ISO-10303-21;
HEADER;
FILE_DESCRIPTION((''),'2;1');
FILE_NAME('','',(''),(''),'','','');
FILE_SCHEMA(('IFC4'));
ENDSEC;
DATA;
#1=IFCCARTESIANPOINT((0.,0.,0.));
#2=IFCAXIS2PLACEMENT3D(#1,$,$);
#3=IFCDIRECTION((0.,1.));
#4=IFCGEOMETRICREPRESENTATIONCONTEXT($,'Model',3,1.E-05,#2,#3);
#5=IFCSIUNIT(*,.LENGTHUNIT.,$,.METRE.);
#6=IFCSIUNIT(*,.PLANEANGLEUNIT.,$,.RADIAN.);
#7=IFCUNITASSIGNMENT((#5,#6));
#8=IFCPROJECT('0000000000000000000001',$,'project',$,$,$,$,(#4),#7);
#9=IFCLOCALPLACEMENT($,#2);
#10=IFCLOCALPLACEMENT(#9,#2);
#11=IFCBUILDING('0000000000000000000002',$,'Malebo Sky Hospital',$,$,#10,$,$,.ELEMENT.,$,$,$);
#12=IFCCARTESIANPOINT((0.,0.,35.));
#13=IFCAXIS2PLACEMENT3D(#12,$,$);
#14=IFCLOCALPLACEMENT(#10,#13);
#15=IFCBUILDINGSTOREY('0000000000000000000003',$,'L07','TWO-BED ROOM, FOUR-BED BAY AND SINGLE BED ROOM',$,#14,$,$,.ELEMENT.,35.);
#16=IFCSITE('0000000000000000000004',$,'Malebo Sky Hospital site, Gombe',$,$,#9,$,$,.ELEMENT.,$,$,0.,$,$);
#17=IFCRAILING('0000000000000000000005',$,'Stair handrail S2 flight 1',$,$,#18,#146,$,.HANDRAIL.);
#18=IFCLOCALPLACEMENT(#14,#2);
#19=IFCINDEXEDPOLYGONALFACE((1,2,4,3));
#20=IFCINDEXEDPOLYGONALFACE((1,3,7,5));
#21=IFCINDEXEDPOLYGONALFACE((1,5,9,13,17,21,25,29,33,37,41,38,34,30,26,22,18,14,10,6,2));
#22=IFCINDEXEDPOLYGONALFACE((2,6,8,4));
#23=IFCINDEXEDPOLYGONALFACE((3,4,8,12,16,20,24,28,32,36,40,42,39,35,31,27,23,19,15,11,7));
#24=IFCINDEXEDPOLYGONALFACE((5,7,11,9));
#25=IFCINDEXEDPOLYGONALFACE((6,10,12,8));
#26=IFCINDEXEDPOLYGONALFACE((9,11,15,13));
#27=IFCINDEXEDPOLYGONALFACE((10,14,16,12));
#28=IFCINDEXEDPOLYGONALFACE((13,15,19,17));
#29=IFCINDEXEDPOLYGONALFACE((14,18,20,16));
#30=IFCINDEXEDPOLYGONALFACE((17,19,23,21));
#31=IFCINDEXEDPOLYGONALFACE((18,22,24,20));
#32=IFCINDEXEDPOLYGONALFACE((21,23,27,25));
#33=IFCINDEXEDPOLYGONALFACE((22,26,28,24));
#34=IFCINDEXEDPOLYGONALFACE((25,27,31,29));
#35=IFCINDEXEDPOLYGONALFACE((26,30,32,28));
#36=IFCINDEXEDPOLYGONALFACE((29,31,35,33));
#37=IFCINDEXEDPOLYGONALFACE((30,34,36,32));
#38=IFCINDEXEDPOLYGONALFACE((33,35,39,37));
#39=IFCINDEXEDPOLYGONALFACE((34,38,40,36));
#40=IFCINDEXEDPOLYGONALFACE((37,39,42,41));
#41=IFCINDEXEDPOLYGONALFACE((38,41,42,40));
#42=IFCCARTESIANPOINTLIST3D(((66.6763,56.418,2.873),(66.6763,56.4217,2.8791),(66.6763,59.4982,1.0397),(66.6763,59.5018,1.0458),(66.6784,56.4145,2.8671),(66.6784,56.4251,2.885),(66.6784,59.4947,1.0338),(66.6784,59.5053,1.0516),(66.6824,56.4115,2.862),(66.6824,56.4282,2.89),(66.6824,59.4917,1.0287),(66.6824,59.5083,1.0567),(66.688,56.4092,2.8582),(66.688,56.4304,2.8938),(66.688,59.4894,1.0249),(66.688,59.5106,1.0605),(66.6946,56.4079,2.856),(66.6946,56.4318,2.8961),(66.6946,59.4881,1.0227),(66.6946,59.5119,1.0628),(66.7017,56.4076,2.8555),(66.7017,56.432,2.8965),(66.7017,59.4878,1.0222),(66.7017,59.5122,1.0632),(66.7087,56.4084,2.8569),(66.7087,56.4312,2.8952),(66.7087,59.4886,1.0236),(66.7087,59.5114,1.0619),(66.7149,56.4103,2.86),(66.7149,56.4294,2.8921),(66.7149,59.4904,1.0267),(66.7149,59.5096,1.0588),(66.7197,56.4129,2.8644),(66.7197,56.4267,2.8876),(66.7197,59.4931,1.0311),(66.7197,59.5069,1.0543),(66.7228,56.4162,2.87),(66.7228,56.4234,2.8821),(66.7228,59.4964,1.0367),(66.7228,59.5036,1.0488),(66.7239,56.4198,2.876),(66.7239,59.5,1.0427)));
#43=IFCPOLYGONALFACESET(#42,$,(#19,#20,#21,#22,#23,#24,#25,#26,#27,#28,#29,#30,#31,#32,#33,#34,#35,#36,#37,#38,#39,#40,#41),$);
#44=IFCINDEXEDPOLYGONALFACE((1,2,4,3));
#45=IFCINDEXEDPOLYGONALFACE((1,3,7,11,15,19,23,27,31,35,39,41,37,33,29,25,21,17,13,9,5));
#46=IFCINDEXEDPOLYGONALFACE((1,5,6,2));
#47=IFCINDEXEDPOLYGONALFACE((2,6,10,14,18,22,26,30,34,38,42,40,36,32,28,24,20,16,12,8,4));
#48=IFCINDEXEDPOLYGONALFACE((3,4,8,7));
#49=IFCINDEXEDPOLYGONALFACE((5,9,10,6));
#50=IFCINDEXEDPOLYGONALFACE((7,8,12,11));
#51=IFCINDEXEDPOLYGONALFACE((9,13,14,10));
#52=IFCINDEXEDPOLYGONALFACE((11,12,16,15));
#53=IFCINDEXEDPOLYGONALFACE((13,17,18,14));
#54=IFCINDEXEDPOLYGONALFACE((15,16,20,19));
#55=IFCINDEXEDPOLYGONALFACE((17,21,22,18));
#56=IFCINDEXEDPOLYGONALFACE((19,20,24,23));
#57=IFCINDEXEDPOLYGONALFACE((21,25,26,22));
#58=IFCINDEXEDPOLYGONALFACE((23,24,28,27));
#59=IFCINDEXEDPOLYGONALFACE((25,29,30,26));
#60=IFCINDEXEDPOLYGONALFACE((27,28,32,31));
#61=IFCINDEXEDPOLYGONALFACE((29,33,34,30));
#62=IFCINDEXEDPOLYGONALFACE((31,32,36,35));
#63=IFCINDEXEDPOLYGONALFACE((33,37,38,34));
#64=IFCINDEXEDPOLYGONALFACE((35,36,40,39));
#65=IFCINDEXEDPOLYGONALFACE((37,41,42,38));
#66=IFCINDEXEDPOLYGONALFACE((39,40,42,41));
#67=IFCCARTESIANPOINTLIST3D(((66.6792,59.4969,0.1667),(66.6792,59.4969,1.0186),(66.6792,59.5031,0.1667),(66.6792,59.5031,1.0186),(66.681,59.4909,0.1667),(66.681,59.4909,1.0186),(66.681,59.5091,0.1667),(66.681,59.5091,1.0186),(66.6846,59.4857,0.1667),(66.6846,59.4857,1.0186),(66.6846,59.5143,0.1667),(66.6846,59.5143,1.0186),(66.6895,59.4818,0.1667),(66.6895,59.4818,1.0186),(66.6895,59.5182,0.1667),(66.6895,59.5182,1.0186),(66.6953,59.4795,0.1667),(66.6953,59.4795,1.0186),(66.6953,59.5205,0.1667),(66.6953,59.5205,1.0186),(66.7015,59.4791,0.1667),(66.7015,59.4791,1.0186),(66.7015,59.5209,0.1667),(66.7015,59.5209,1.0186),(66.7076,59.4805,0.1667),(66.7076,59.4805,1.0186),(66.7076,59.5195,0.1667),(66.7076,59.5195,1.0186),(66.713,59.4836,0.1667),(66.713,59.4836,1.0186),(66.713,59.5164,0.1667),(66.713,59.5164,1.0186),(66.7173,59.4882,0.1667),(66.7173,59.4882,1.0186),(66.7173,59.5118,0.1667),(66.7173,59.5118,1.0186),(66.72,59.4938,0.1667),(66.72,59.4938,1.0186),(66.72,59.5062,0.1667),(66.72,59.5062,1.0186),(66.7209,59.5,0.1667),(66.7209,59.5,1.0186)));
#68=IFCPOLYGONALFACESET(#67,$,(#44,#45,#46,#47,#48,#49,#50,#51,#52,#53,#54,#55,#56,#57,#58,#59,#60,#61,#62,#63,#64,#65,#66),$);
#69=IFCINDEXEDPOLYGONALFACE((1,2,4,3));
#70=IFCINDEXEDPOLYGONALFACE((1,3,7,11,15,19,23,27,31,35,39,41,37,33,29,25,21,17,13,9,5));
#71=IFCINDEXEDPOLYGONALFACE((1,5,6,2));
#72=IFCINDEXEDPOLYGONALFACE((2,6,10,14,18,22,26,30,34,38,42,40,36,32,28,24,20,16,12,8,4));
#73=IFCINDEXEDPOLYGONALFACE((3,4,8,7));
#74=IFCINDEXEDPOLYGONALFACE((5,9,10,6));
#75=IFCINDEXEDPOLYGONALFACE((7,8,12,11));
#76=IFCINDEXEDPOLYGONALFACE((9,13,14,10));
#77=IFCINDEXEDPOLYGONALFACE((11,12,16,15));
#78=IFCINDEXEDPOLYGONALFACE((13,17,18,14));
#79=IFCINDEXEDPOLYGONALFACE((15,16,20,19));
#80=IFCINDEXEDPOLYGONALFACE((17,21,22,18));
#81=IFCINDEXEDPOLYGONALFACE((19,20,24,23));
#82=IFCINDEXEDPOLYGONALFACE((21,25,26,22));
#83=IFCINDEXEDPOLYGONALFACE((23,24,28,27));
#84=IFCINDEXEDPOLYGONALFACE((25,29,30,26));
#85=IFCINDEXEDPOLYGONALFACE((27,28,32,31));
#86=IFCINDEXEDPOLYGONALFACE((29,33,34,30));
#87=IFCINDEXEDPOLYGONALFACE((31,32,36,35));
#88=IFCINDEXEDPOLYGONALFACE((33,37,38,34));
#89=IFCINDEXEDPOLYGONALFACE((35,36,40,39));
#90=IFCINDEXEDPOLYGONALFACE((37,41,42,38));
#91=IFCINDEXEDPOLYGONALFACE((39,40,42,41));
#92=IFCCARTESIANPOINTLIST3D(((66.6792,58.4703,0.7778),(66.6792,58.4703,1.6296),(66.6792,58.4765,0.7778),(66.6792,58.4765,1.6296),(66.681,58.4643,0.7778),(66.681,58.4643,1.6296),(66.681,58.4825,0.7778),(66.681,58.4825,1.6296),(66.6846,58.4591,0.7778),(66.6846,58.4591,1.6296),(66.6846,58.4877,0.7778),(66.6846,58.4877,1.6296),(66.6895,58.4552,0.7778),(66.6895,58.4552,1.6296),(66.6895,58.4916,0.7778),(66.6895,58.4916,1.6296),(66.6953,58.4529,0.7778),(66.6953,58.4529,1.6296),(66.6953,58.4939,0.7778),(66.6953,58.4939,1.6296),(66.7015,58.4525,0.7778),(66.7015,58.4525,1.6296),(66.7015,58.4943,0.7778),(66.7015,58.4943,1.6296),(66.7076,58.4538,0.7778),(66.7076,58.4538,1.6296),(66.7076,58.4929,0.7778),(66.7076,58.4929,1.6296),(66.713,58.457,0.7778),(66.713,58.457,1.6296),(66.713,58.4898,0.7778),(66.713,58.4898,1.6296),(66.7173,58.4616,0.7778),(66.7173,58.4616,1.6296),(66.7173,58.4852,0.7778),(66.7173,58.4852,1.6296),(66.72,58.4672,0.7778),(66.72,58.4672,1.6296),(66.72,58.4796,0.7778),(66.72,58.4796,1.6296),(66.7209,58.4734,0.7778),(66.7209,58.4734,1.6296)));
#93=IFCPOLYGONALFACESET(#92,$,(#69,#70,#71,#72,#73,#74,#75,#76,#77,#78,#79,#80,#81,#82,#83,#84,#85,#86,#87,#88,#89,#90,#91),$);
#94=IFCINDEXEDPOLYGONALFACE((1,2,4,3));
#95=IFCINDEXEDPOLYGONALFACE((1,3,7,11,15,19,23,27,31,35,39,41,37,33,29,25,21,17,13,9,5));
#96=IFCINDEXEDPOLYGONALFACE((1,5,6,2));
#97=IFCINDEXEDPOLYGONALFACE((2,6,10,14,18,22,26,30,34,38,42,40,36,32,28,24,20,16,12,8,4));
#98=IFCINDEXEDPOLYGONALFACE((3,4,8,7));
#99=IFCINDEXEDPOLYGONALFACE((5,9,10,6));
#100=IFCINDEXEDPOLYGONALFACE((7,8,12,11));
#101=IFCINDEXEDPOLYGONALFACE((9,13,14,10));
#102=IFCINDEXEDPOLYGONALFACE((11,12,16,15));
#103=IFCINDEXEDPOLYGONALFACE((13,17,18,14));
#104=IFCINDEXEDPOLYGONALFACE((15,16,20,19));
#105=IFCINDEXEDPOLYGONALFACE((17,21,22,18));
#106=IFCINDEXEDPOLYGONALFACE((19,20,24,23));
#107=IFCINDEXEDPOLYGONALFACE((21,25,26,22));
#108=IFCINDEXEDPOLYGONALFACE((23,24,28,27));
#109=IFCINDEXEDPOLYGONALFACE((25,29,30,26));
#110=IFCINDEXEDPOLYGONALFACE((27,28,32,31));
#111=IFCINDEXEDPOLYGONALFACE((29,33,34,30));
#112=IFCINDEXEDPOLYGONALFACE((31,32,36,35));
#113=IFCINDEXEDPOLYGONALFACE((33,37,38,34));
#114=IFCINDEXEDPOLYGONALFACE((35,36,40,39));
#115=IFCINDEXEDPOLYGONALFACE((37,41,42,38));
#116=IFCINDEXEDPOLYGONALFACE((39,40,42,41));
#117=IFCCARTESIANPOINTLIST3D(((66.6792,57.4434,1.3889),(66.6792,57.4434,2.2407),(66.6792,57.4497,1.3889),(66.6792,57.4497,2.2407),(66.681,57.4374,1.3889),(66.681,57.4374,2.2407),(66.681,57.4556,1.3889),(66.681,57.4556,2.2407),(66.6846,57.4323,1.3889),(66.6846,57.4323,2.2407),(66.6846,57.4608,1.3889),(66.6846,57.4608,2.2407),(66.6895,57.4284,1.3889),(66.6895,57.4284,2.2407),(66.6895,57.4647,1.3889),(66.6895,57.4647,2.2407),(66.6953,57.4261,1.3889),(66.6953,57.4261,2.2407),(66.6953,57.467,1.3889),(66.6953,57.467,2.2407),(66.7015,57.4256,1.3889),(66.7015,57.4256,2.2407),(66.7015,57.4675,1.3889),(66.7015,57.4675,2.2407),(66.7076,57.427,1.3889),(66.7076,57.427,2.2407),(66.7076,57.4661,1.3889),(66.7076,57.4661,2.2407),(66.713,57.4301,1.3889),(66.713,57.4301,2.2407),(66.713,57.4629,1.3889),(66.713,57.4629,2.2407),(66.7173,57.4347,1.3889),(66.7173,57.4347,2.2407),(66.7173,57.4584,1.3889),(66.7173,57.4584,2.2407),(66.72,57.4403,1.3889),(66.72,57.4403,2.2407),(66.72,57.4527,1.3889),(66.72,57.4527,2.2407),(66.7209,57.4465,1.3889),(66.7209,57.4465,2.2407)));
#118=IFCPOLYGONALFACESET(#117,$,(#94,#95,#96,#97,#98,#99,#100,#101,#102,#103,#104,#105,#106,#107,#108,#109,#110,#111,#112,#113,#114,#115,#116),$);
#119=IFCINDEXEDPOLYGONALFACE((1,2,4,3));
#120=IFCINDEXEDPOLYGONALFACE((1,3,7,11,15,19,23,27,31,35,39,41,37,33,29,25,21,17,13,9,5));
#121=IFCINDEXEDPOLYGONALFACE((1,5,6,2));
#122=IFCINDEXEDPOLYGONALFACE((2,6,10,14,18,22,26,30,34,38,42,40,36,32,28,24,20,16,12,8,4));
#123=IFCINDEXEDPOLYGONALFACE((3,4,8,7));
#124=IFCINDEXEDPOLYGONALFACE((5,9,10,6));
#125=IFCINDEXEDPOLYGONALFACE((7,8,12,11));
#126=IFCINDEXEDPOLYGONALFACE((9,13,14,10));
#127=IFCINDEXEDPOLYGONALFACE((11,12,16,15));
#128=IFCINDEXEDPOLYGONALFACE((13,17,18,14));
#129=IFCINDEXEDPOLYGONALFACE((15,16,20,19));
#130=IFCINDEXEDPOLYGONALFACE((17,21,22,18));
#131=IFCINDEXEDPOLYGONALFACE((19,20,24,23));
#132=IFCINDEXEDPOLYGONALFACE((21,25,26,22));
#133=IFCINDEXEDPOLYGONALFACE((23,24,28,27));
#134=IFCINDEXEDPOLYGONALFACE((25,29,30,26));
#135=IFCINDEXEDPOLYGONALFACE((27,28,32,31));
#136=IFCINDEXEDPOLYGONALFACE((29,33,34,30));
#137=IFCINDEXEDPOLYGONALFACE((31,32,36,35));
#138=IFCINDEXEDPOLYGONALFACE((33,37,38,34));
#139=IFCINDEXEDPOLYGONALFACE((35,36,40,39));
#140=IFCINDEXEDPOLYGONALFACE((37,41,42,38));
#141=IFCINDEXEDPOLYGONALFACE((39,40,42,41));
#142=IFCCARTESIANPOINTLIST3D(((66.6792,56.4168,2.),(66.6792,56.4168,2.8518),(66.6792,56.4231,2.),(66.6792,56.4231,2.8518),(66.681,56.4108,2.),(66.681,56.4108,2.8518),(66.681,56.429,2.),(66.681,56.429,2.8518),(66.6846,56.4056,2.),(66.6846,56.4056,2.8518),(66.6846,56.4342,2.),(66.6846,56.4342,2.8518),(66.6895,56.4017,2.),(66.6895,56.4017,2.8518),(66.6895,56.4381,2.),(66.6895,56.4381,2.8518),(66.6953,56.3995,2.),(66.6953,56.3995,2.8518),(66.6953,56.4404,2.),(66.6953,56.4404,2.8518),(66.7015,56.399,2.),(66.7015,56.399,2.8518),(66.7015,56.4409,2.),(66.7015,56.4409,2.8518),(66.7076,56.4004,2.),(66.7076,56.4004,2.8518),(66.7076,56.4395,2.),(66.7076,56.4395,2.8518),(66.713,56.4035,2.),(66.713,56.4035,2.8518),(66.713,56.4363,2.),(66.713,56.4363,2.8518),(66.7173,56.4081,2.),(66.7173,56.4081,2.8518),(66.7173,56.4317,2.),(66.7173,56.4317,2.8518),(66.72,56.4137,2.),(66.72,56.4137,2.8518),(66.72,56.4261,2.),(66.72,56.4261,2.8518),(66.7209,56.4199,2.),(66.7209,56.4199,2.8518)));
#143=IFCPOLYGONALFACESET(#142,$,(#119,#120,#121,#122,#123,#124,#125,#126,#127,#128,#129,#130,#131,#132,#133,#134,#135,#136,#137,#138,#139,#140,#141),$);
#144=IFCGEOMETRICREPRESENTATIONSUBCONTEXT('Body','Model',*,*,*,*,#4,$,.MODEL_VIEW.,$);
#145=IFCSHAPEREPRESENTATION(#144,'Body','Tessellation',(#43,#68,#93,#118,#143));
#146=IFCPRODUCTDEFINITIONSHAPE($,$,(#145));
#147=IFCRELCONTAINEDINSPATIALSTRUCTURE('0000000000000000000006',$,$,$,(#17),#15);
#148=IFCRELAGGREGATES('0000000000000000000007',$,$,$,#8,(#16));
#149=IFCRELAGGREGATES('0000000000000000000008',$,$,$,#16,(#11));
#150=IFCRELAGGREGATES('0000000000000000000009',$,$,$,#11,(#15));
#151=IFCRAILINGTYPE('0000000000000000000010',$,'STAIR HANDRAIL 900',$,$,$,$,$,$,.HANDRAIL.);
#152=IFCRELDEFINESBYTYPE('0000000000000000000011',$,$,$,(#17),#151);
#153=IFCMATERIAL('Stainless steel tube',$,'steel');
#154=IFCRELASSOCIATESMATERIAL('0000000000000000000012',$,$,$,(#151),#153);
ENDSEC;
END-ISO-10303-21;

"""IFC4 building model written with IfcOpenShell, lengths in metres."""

from ifc_helpers import new_model, si_unit, direction, frame, origin, origin_2d, place, context, subcontext, project, spatial, circle, extrude, material, type_object, element, save


model = new_model("IFC4")

# Units and contexts
model_context = context("Model", 3, precision=1e-05, world=origin(), true_north=direction((0.0, 1.0)))
body_context = subcontext(model_context, "Body", "Model", "MODEL_VIEW")
ifc_project = project(units=[si_unit("LENGTHUNIT", "METRE"), si_unit("PLANEANGLEUNIT", "RADIAN")], contexts=[model_context])

# Site, building, storey
site_placement = place(None, origin())
site = spatial("IfcSite", under=ifc_project, at=site_placement, Name="Malebo Sky Hospital site, Gombe", CompositionType="ELEMENT", RefElevation=0.0)
building_placement = place(site_placement, origin())
building = spatial("IfcBuilding", under=site, at=building_placement, Name="Malebo Sky Hospital", CompositionType="ELEMENT")
storey_placement = place(building_placement, frame((0.0, 0.0, 35.0)))
storey = spatial("IfcBuildingStorey", under=building, at=storey_placement, Name="L07", Description="TWO-BED ROOM, FOUR-BED BAY AND SINGLE BED ROOM", CompositionType="ELEMENT", Elevation=35.0)

# Railing
ifc_material_1 = material(Name="Stainless steel tube", Category="steel")
railing_type = type_object("IfcRailingType", Name="STAIR HANDRAIL 900", PredefinedType="HANDRAIL", material=ifc_material_1)
railing_1_placement = place(storey_placement, frame((66.7, 59.5, 0.1667)))
element("IfcRailing", 1, at=railing_1_placement, inside=storey, type_object=railing_type, Name="Stair handrail S2 flight 1", PredefinedType="HANDRAIL", context=body_context, shape_type="SweptSolid", body=[
    extrude(circle(Radius=0.0239, at=origin_2d()), frame((0.0, 0.0, 0.876), z_axis=(0.0, -0.859309, 0.511458), x_axis=(1.0, 0.0, 0.0)), (0.0, 0.0, 1.0), 3.5845),
    extrude(circle(Radius=0.021, at=origin_2d()), origin(), (0.0, 0.0, 1.0), 0.8518),
    extrude(circle(Radius=0.021, at=origin_2d()), frame((0.0, -1.0266, 0.6111)), (0.0, 0.0, 1.0), 0.8518),
    extrude(circle(Radius=0.021, at=origin_2d()), frame((0.0, -2.0535, 1.2222)), (0.0, 0.0, 1.0), 0.8518),
    extrude(circle(Radius=0.021, at=origin_2d()), frame((0.0, -3.0801, 1.8333)), (0.0, 0.0, 1.0), 0.8518),
])

save(model, "model.ifc")
